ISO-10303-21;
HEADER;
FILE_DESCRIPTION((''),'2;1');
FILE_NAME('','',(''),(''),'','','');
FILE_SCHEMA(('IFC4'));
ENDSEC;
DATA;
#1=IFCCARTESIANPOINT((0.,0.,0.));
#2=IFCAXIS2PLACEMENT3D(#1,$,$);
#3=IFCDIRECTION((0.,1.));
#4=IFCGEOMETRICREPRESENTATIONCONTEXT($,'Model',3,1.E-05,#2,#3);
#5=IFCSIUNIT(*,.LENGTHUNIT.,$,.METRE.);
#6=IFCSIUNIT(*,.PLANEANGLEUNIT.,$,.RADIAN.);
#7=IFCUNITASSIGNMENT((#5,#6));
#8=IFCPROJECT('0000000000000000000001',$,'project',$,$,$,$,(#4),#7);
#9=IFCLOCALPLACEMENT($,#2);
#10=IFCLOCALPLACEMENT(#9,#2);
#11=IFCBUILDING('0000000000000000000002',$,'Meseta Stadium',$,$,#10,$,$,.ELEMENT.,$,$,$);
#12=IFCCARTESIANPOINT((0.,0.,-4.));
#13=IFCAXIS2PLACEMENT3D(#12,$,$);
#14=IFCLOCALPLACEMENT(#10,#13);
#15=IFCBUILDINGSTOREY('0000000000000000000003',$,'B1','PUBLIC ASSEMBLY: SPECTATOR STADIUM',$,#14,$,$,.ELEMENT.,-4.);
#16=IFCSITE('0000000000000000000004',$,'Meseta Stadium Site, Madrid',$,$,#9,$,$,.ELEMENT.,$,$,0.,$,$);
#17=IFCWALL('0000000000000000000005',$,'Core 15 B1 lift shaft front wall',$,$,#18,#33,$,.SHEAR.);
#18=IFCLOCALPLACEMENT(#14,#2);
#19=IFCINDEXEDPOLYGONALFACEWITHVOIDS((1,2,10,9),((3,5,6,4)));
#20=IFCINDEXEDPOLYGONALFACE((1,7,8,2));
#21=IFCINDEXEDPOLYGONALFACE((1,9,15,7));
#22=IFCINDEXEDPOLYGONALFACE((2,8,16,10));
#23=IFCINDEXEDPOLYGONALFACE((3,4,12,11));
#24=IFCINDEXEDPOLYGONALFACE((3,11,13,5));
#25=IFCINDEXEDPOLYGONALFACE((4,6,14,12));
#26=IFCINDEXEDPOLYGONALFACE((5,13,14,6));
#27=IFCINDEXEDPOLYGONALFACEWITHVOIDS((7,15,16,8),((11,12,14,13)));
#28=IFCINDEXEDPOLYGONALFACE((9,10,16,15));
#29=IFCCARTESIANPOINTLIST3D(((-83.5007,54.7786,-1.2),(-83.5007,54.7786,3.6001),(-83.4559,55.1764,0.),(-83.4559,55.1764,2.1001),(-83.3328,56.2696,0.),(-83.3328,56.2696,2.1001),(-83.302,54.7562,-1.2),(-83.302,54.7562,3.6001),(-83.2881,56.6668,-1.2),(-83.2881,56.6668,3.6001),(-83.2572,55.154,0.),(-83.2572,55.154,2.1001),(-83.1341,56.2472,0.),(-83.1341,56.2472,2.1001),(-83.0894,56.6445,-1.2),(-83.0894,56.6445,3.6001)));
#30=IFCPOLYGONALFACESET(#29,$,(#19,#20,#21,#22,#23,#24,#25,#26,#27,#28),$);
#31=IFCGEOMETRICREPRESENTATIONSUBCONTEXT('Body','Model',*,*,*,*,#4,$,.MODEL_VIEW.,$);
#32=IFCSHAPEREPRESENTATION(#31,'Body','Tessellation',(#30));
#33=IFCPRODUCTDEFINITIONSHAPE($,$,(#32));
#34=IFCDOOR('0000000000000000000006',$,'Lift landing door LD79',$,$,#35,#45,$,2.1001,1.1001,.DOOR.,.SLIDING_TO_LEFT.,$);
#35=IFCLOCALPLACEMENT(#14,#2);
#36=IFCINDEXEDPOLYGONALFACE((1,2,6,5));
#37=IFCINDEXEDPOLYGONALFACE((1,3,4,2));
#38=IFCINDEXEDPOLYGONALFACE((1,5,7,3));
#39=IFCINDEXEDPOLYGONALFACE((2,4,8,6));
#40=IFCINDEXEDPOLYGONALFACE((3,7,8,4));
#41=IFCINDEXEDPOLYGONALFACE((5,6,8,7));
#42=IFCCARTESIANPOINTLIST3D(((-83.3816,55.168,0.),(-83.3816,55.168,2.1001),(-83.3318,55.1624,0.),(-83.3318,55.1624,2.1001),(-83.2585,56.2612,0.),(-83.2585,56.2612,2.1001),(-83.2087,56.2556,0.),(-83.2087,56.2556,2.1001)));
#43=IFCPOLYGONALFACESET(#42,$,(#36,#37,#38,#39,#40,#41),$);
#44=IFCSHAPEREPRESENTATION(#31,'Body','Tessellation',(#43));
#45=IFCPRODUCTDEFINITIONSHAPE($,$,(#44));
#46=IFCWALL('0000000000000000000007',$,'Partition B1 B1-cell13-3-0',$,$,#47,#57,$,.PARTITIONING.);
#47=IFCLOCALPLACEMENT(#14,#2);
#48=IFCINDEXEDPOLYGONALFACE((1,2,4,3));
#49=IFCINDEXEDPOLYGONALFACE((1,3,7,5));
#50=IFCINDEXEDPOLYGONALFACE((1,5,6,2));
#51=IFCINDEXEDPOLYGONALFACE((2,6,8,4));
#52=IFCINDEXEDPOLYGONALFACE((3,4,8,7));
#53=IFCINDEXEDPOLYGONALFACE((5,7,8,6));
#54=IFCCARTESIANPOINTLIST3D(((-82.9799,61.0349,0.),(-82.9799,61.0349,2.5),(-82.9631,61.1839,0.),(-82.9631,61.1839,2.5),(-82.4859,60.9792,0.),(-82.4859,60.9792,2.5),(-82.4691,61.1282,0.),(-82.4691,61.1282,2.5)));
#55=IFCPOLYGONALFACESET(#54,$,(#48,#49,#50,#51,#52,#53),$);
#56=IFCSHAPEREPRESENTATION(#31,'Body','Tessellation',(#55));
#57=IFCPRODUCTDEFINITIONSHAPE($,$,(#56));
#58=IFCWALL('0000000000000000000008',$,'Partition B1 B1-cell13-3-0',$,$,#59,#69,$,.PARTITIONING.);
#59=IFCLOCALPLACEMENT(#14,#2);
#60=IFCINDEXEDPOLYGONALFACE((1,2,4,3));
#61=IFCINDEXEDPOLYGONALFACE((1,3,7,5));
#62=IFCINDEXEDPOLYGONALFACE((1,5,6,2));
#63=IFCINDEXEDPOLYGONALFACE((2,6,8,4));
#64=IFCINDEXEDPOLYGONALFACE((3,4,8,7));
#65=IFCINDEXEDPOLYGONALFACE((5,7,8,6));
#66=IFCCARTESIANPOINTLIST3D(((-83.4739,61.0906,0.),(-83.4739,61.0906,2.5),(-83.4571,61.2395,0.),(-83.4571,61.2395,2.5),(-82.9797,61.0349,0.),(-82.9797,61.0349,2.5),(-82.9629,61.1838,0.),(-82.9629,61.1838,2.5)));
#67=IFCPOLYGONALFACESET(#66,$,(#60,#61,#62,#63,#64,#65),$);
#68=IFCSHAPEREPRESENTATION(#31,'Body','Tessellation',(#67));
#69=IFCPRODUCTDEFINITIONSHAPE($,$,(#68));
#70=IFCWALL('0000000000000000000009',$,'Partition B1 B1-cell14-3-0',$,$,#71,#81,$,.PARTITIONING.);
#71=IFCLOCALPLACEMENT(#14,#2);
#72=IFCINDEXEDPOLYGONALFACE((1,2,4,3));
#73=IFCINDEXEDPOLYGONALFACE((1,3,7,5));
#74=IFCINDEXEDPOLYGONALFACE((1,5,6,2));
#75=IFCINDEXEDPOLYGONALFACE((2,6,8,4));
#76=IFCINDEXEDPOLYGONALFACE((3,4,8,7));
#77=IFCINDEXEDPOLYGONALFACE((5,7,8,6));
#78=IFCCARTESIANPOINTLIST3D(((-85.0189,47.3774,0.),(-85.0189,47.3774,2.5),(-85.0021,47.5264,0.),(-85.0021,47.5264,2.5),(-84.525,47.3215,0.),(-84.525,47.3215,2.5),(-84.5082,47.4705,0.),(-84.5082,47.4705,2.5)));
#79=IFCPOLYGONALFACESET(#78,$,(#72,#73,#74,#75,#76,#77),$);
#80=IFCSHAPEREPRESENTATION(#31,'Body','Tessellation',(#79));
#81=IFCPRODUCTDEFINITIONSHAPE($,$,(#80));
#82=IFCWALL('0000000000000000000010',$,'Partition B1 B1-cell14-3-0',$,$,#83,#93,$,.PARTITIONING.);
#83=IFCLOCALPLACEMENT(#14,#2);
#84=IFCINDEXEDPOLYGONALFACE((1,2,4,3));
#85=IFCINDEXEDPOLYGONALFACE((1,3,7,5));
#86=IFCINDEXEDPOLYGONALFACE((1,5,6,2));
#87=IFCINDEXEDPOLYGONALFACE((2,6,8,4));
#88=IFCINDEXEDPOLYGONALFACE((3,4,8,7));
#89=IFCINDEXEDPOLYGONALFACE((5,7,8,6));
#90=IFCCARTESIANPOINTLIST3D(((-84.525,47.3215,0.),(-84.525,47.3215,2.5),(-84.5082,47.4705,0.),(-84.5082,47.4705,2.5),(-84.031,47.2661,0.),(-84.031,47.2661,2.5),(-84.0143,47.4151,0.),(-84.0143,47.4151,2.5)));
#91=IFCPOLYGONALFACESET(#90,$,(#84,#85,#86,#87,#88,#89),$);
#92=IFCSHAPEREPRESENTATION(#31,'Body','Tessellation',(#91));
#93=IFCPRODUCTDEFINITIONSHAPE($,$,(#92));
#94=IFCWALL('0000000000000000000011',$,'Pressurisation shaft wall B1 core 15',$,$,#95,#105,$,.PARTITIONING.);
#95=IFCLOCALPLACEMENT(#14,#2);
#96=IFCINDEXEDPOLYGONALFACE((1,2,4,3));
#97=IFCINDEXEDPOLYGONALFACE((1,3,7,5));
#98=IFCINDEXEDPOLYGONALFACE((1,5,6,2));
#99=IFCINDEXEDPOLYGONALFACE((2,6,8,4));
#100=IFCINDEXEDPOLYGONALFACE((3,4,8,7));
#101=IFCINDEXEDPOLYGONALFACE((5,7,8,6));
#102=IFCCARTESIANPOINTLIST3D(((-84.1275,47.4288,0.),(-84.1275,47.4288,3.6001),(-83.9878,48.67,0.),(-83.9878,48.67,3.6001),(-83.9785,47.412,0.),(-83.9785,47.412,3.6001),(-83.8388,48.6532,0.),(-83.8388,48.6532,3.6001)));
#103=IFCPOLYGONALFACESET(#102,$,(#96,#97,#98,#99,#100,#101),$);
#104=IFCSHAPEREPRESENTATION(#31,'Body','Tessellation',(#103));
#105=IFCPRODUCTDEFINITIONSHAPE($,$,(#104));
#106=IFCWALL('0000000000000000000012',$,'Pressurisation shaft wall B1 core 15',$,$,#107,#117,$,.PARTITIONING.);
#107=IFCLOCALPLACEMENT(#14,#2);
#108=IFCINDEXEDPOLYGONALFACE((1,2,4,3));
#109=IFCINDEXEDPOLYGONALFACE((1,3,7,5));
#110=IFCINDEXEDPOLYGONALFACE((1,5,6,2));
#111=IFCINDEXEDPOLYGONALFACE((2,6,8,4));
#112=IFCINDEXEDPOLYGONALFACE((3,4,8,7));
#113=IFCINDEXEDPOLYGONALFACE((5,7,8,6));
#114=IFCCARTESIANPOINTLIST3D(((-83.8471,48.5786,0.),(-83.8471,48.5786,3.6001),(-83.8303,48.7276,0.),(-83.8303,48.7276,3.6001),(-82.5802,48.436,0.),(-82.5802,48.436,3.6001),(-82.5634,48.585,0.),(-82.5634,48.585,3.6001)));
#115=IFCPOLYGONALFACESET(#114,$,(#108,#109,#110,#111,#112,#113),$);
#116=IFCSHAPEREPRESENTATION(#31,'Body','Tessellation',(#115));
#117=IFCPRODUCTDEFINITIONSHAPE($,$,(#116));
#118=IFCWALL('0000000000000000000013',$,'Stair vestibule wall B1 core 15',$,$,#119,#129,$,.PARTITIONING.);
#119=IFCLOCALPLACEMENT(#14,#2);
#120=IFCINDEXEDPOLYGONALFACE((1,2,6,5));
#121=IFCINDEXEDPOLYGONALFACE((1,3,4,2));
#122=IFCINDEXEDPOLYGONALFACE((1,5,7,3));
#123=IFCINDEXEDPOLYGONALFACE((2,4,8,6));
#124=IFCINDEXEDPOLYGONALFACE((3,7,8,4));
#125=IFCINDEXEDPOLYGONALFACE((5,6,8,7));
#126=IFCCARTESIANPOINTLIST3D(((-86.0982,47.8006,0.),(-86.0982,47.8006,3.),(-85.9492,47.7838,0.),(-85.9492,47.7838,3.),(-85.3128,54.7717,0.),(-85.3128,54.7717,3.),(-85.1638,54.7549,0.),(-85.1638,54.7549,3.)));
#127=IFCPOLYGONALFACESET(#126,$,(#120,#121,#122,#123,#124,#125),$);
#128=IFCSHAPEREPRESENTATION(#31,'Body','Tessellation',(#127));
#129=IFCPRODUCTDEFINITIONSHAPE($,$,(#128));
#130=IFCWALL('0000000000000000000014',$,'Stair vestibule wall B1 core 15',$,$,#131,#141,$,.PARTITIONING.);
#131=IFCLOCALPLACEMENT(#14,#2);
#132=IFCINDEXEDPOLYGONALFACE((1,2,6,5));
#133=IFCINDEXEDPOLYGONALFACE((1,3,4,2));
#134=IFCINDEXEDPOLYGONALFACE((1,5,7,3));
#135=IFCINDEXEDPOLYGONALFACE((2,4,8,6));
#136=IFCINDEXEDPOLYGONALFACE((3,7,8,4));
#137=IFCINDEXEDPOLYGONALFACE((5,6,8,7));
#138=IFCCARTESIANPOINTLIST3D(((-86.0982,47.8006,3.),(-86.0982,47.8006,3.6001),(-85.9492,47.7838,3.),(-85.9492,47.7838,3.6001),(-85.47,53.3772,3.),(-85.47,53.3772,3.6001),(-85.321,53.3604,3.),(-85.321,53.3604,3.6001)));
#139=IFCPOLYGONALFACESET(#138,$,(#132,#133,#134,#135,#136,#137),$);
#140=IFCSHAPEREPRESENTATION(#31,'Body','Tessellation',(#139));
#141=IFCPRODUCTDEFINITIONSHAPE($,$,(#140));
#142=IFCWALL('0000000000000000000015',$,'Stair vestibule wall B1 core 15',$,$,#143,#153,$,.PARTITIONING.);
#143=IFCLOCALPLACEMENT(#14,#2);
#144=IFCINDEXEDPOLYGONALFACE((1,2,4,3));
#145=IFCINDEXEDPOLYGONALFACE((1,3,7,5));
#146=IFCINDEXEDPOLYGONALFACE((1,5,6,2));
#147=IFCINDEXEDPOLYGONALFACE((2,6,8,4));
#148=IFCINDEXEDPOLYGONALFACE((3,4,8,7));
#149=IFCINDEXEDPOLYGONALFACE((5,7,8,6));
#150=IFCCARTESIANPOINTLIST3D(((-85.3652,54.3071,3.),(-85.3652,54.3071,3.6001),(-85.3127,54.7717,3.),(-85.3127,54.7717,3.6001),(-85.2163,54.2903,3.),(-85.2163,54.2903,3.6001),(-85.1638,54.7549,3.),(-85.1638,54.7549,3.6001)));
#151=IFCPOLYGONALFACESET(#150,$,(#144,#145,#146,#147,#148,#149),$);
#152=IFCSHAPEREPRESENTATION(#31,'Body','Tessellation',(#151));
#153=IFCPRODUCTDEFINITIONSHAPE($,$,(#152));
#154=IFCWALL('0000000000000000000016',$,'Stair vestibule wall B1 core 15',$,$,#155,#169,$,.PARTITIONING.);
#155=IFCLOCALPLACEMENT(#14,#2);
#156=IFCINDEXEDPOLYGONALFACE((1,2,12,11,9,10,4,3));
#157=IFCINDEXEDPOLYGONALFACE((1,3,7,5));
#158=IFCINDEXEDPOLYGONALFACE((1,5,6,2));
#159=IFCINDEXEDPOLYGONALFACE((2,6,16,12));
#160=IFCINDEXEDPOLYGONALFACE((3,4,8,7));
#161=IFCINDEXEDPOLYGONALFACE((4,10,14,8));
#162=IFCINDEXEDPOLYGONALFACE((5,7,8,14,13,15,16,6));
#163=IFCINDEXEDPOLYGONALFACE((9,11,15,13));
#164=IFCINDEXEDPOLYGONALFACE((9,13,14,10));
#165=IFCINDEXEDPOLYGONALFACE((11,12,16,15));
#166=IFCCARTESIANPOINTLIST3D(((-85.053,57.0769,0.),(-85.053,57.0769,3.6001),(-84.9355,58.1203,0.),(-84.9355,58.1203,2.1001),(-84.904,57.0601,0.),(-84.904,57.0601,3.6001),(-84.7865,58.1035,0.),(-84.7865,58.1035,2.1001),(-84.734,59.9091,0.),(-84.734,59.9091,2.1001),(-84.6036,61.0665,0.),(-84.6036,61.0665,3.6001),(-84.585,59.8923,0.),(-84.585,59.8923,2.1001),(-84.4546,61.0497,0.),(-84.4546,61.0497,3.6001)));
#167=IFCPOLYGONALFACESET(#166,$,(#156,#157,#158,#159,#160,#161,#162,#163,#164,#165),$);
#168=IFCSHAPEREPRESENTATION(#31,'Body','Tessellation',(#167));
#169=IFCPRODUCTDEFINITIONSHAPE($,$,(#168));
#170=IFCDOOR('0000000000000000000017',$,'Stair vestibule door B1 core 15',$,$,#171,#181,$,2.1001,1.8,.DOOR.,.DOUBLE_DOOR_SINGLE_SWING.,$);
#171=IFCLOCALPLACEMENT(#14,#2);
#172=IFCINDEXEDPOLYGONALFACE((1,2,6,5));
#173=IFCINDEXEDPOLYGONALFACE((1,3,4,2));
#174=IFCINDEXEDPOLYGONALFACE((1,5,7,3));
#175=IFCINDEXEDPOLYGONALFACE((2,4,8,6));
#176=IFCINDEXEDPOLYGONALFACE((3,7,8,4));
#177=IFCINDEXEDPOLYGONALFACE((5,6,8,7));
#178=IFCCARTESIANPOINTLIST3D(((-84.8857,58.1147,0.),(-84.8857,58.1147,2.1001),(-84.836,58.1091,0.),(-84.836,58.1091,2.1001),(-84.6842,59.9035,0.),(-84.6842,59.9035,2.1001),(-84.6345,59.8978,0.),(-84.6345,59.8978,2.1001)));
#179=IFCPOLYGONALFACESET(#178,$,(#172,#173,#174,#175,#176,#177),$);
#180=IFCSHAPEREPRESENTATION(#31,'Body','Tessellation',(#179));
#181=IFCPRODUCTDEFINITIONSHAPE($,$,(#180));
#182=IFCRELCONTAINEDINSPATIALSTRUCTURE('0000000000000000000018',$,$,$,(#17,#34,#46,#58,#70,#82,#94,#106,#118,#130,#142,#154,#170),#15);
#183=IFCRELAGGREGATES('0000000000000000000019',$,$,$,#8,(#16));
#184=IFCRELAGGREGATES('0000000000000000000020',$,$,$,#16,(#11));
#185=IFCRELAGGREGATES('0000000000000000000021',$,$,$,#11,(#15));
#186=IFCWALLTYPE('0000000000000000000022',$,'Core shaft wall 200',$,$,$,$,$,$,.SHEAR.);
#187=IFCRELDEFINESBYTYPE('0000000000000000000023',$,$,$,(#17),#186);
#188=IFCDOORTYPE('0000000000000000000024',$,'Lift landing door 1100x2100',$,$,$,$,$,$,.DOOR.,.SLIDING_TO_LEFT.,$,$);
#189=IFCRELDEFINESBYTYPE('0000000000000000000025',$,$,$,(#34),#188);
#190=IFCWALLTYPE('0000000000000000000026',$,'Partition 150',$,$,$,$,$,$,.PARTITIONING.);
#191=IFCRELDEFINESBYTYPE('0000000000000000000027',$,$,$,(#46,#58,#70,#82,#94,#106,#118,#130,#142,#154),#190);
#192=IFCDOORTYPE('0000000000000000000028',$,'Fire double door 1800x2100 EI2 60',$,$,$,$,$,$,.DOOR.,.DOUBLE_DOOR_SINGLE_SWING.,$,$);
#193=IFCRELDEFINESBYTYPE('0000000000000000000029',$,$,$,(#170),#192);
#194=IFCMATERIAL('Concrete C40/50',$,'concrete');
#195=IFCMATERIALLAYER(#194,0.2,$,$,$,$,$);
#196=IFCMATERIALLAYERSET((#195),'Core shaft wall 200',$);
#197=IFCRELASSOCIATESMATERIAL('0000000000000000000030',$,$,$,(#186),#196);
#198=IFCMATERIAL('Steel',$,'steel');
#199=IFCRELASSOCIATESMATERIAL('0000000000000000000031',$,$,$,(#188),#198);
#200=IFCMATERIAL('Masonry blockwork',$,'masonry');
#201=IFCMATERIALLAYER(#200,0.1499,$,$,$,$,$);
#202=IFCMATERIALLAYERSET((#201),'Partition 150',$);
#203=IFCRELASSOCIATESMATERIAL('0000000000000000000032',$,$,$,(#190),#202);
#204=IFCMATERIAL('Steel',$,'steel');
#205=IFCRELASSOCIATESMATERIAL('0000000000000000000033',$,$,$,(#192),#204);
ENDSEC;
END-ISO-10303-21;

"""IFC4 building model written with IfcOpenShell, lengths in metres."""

from ifc_helpers import new_model, si_unit, direction, frame, frame_2d, origin, place, context, subcontext, project, spatial, rectangle, extrude, material, layer, layer_set, type_object, element, fill, save


model = new_model("IFC4")

# Units and contexts
model_context = context("Model", 3, precision=1e-05, world=origin(), true_north=direction((0.0, 1.0)))
body_context = subcontext(model_context, "Body", "Model", "MODEL_VIEW")
ifc_project = project(units=[si_unit("LENGTHUNIT", "METRE"), si_unit("PLANEANGLEUNIT", "RADIAN")], contexts=[model_context])

# Site, building, storey
site_placement = place(None, origin())
site = spatial("IfcSite", under=ifc_project, at=site_placement, Name="Meseta Stadium Site, Madrid", CompositionType="ELEMENT", RefElevation=0.0)
building_placement = place(site_placement, origin())
building = spatial("IfcBuilding", under=site, at=building_placement, Name="Meseta Stadium", CompositionType="ELEMENT")
storey_placement = place(building_placement, frame((0.0, 0.0, -4.0)))
storey = spatial("IfcBuildingStorey", under=building, at=storey_placement, Name="B1", Description="PUBLIC ASSEMBLY: SPECTATOR STADIUM", CompositionType="ELEMENT", Elevation=-4.0)

# Shared definitions
ifc_material_1 = material(Name="Concrete C40/50", Category="concrete")
ifc_layer_1 = layer(ifc_material_1, 0.2)
ifc_layer_set_1 = layer_set([ifc_layer_1], Name="Core shaft wall 200")
wall_type_1 = type_object("IfcWallType", Name="Core shaft wall 200", PredefinedType="SHEAR", material=ifc_layer_set_1)

# Wall, opening, door
wall_1_placement = place(storey_placement, frame((-83.1887, 56.6558, -1.2), z_axis=(0.0, 0.0, 1.0), x_axis=(-0.111912, -0.993718, 0.0)))
wall_1 = element("IfcWall", 1, at=wall_1_placement, inside=storey, type_object=wall_type_1, Name="Core 15 B1 lift shaft front wall", PredefinedType="SHEAR", context=body_context, shape_type="SweptSolid", body=[
    extrude(rectangle(XDim=1.9001, YDim=0.2, at=frame_2d((0.9502, 0.0))), origin(), (0.0, 0.0, 1.0), 4.8),
])
opening_1_placement = place(wall_1_placement, frame((0.3999, 0.0, 1.2)))
opening_1 = element("IfcOpeningElement", 2, at=opening_1_placement, cuts=wall_1, PredefinedType="OPENING", context=body_context, shape_type="SweptSolid", body=[
    extrude(rectangle(XDim=1.1001, YDim=2.1001, at=frame_2d((0.55, 1.05))), frame((0.0, 0.1099, 0.0), z_axis=(0.0, -1.0, 0.0), x_axis=(1.0, 0.0, 0.0)), (0.0, 0.0, 1.0), 0.22),
])
ifc_material_2 = material(Name="Steel", Category="steel")
door_type_1 = type_object("IfcDoorType", Name="Lift landing door 1100x2100", OperationType="SLIDING_TO_LEFT", PredefinedType="DOOR", material=ifc_material_2)
door_1_placement = place(opening_1_placement, origin())
door_1 = element("IfcDoor", 3, at=door_1_placement, inside=storey, type_object=door_type_1, Name="Lift landing door LD79", OperationType="SLIDING_TO_LEFT", OverallHeight=2.1001, OverallWidth=1.1001, PredefinedType="DOOR", context=body_context, shape_type="SweptSolid", body=[
    extrude(rectangle(XDim=1.1001, YDim=2.1001, at=frame_2d((0.55, 1.05))), frame((0.0, 0.0249, 0.0), z_axis=(0.0, -1.0, 0.0), x_axis=(1.0, 0.0, 0.0)), (0.0, 0.0, 1.0), 0.05),
])
fill(opening_1, door_1)

# Walls
ifc_material_3 = material(Name="Masonry blockwork", Category="masonry")
ifc_layer_2 = layer(ifc_material_3, 0.1499)
ifc_layer_set_2 = layer_set([ifc_layer_2], Name="Partition 150")
wall_type_2 = type_object("IfcWallType", Name="Partition 150", PredefinedType="PARTITIONING", material=ifc_layer_set_2)
wall_2_placement = place(storey_placement, frame((-82.4775, 61.0537, 0.0), z_axis=(0.0, 0.0, 1.0), x_axis=(-0.993709, 0.111995, 0.0)))
element("IfcWall", 4, at=wall_2_placement, inside=storey, type_object=wall_type_2, Name="Partition B1 B1-cell13-3-0", PredefinedType="PARTITIONING", context=body_context, shape_type="SweptSolid", body=[
    extrude(rectangle(XDim=0.4971, YDim=0.1499, at=frame_2d((0.2485, 0.0))), origin(), (0.0, 0.0, 1.0), 2.5),
])
wall_3_placement = place(storey_placement, frame((-82.9714, 61.1094, 0.0), z_axis=(0.0, 0.0, 1.0), x_axis=(-0.993715, 0.11194, 0.0)))
element("IfcWall", 5, at=wall_3_placement, inside=storey, type_object=wall_type_2, Name="Partition B1 B1-cell13-3-0", PredefinedType="PARTITIONING", context=body_context, shape_type="SweptSolid", body=[
    extrude(rectangle(XDim=0.4973, YDim=0.1499, at=frame_2d((0.2485, 0.0))), origin(), (0.0, 0.0, 1.0), 2.5),
])
for number, where, z_axis, x_axis, name in (
    (6, (-85.0105, 47.4519, 0.0), (0.0, 0.0, 1.0), (0.993654, -0.11248, 0.0), "Partition B1 B1-cell14-3-0"),
    (7, (-84.5166, 47.396, 0.0), (0.0, 0.0, 1.0), (0.993763, -0.11151, 0.0), "Partition B1 B1-cell14-3-0"),
):
    element("IfcWall", number, at=place(storey_placement, frame(where, z_axis=z_axis, x_axis=x_axis)), inside=storey, type_object=wall_type_2, Name=name, PredefinedType="PARTITIONING", context=body_context, shape_type="SweptSolid", body=[
        extrude(rectangle(XDim=0.4971, YDim=0.1499, at=frame_2d((0.2485, 0.0))), origin(), (0.0, 0.0, 1.0), 2.5),
    ])
wall_4_placement = place(storey_placement, frame((-83.9133, 48.6616, 0.0), z_axis=(0.0, 0.0, 1.0), x_axis=(-0.111804, -0.99373, 0.0)))
element("IfcWall", 8, at=wall_4_placement, inside=storey, type_object=wall_type_2, Name="Pressurisation shaft wall B1 core 15", PredefinedType="PARTITIONING", context=body_context, shape_type="SweptSolid", body=[
    extrude(rectangle(XDim=1.249, YDim=0.1499, at=frame_2d((0.6245, 0.0))), origin(), (0.0, 0.0, 1.0), 3.6001),
])
wall_5_placement = place(storey_placement, frame((-82.5718, 48.5105, 0.0), z_axis=(0.0, 0.0, 1.0), x_axis=(-0.993726, 0.11184, 0.0)))
element("IfcWall", 9, at=wall_5_placement, inside=storey, type_object=wall_type_2, Name="Pressurisation shaft wall B1 core 15", PredefinedType="PARTITIONING", context=body_context, shape_type="SweptSolid", body=[
    extrude(rectangle(XDim=1.2749, YDim=0.1499, at=frame_2d((0.6375, 0.0))), origin(), (0.0, 0.0, 1.0), 3.6001),
])
wall_6_placement = place(storey_placement, frame((-86.0237, 47.7922, 0.0), z_axis=(0.0, 0.0, 1.0), x_axis=(0.111959, 0.993713, 0.0)))
element("IfcWall", 10, at=wall_6_placement, inside=storey, type_object=wall_type_2, Name="Stair vestibule wall B1 core 15", PredefinedType="PARTITIONING", context=body_context, shape_type="SweptSolid", body=[
    extrude(rectangle(XDim=7.0151, YDim=0.1499, at=frame_2d((3.5076, 0.0))), origin(), (0.0, 0.0, 1.0), 3.0),
])
wall_7_placement = place(storey_placement, frame((-86.0237, 47.7922, 3.0), z_axis=(0.0, 0.0, 1.0), x_axis=(0.111935, 0.993715, 0.0)))
element("IfcWall", 11, at=wall_7_placement, inside=storey, type_object=wall_type_2, Name="Stair vestibule wall B1 core 15", PredefinedType="PARTITIONING", context=body_context, shape_type="SweptSolid", body=[
    extrude(rectangle(XDim=5.6118, YDim=0.1499, at=frame_2d((2.8059, 0.0))), origin(), (0.0, 0.0, 1.0), 0.6001),
])
wall_8_placement = place(storey_placement, frame((-85.2908, 54.2986, 3.0), z_axis=(0.0, 0.0, 1.0), x_axis=(0.112265, 0.993678, 0.0)))
element("IfcWall", 12, at=wall_8_placement, inside=storey, type_object=wall_type_2, Name="Stair vestibule wall B1 core 15", PredefinedType="PARTITIONING", context=body_context, shape_type="SweptSolid", body=[
    extrude(rectangle(XDim=0.4675, YDim=0.1499, at=frame_2d((0.2339, 0.0))), origin(), (0.0, 0.0, 1.0), 0.6001),
])

# Wall, opening, door
wall_9_placement = place(storey_placement, frame((-84.9785, 57.0686, 0.0), z_axis=(0.0, 0.0, 1.0), x_axis=(0.111946, 0.993714, 0.0)))
wall_9 = element("IfcWall", 13, at=wall_9_placement, inside=storey, type_object=wall_type_2, Name="Stair vestibule wall B1 core 15", PredefinedType="PARTITIONING", context=body_context, shape_type="SweptSolid", body=[
    extrude(rectangle(XDim=4.0149, YDim=0.1499, at=frame_2d((2.0073, 0.0))), origin(), (0.0, 0.0, 1.0), 3.6001),
])
opening_2_placement = place(wall_9_placement, frame((1.05, 0.0, 0.0)))
opening_2 = element("IfcOpeningElement", 14, at=opening_2_placement, cuts=wall_9, PredefinedType="OPENING", context=body_context, shape_type="SweptSolid", body=[
    extrude(rectangle(XDim=1.8, YDim=2.1001, at=frame_2d((0.8999, 1.05))), frame((0.0, 0.085, 0.0), z_axis=(0.0, -1.0, 0.0), x_axis=(1.0, 0.0, 0.0)), (0.0, 0.0, 1.0), 0.1699),
])
ifc_material_4 = material(Name="Steel", Category="steel")
door_type_2 = type_object("IfcDoorType", Name="Fire double door 1800x2100 EI2 60", OperationType="DOUBLE_DOOR_SINGLE_SWING", PredefinedType="DOOR", material=ifc_material_4)
door_2_placement = place(opening_2_placement, origin())
door_2 = element("IfcDoor", 15, at=door_2_placement, inside=storey, type_object=door_type_2, Name="Stair vestibule door B1 core 15", OperationType="DOUBLE_DOOR_SINGLE_SWING", OverallHeight=2.1001, OverallWidth=1.8, PredefinedType="DOOR", context=body_context, shape_type="SweptSolid", body=[
    extrude(rectangle(XDim=1.8, YDim=2.1001, at=frame_2d((0.8999, 1.05))), frame((0.0, 0.0249, 0.0), z_axis=(0.0, -1.0, 0.0), x_axis=(1.0, 0.0, 0.0)), (0.0, 0.0, 1.0), 0.05),
])
fill(opening_2, door_2)

save(model, "model.ifc")
